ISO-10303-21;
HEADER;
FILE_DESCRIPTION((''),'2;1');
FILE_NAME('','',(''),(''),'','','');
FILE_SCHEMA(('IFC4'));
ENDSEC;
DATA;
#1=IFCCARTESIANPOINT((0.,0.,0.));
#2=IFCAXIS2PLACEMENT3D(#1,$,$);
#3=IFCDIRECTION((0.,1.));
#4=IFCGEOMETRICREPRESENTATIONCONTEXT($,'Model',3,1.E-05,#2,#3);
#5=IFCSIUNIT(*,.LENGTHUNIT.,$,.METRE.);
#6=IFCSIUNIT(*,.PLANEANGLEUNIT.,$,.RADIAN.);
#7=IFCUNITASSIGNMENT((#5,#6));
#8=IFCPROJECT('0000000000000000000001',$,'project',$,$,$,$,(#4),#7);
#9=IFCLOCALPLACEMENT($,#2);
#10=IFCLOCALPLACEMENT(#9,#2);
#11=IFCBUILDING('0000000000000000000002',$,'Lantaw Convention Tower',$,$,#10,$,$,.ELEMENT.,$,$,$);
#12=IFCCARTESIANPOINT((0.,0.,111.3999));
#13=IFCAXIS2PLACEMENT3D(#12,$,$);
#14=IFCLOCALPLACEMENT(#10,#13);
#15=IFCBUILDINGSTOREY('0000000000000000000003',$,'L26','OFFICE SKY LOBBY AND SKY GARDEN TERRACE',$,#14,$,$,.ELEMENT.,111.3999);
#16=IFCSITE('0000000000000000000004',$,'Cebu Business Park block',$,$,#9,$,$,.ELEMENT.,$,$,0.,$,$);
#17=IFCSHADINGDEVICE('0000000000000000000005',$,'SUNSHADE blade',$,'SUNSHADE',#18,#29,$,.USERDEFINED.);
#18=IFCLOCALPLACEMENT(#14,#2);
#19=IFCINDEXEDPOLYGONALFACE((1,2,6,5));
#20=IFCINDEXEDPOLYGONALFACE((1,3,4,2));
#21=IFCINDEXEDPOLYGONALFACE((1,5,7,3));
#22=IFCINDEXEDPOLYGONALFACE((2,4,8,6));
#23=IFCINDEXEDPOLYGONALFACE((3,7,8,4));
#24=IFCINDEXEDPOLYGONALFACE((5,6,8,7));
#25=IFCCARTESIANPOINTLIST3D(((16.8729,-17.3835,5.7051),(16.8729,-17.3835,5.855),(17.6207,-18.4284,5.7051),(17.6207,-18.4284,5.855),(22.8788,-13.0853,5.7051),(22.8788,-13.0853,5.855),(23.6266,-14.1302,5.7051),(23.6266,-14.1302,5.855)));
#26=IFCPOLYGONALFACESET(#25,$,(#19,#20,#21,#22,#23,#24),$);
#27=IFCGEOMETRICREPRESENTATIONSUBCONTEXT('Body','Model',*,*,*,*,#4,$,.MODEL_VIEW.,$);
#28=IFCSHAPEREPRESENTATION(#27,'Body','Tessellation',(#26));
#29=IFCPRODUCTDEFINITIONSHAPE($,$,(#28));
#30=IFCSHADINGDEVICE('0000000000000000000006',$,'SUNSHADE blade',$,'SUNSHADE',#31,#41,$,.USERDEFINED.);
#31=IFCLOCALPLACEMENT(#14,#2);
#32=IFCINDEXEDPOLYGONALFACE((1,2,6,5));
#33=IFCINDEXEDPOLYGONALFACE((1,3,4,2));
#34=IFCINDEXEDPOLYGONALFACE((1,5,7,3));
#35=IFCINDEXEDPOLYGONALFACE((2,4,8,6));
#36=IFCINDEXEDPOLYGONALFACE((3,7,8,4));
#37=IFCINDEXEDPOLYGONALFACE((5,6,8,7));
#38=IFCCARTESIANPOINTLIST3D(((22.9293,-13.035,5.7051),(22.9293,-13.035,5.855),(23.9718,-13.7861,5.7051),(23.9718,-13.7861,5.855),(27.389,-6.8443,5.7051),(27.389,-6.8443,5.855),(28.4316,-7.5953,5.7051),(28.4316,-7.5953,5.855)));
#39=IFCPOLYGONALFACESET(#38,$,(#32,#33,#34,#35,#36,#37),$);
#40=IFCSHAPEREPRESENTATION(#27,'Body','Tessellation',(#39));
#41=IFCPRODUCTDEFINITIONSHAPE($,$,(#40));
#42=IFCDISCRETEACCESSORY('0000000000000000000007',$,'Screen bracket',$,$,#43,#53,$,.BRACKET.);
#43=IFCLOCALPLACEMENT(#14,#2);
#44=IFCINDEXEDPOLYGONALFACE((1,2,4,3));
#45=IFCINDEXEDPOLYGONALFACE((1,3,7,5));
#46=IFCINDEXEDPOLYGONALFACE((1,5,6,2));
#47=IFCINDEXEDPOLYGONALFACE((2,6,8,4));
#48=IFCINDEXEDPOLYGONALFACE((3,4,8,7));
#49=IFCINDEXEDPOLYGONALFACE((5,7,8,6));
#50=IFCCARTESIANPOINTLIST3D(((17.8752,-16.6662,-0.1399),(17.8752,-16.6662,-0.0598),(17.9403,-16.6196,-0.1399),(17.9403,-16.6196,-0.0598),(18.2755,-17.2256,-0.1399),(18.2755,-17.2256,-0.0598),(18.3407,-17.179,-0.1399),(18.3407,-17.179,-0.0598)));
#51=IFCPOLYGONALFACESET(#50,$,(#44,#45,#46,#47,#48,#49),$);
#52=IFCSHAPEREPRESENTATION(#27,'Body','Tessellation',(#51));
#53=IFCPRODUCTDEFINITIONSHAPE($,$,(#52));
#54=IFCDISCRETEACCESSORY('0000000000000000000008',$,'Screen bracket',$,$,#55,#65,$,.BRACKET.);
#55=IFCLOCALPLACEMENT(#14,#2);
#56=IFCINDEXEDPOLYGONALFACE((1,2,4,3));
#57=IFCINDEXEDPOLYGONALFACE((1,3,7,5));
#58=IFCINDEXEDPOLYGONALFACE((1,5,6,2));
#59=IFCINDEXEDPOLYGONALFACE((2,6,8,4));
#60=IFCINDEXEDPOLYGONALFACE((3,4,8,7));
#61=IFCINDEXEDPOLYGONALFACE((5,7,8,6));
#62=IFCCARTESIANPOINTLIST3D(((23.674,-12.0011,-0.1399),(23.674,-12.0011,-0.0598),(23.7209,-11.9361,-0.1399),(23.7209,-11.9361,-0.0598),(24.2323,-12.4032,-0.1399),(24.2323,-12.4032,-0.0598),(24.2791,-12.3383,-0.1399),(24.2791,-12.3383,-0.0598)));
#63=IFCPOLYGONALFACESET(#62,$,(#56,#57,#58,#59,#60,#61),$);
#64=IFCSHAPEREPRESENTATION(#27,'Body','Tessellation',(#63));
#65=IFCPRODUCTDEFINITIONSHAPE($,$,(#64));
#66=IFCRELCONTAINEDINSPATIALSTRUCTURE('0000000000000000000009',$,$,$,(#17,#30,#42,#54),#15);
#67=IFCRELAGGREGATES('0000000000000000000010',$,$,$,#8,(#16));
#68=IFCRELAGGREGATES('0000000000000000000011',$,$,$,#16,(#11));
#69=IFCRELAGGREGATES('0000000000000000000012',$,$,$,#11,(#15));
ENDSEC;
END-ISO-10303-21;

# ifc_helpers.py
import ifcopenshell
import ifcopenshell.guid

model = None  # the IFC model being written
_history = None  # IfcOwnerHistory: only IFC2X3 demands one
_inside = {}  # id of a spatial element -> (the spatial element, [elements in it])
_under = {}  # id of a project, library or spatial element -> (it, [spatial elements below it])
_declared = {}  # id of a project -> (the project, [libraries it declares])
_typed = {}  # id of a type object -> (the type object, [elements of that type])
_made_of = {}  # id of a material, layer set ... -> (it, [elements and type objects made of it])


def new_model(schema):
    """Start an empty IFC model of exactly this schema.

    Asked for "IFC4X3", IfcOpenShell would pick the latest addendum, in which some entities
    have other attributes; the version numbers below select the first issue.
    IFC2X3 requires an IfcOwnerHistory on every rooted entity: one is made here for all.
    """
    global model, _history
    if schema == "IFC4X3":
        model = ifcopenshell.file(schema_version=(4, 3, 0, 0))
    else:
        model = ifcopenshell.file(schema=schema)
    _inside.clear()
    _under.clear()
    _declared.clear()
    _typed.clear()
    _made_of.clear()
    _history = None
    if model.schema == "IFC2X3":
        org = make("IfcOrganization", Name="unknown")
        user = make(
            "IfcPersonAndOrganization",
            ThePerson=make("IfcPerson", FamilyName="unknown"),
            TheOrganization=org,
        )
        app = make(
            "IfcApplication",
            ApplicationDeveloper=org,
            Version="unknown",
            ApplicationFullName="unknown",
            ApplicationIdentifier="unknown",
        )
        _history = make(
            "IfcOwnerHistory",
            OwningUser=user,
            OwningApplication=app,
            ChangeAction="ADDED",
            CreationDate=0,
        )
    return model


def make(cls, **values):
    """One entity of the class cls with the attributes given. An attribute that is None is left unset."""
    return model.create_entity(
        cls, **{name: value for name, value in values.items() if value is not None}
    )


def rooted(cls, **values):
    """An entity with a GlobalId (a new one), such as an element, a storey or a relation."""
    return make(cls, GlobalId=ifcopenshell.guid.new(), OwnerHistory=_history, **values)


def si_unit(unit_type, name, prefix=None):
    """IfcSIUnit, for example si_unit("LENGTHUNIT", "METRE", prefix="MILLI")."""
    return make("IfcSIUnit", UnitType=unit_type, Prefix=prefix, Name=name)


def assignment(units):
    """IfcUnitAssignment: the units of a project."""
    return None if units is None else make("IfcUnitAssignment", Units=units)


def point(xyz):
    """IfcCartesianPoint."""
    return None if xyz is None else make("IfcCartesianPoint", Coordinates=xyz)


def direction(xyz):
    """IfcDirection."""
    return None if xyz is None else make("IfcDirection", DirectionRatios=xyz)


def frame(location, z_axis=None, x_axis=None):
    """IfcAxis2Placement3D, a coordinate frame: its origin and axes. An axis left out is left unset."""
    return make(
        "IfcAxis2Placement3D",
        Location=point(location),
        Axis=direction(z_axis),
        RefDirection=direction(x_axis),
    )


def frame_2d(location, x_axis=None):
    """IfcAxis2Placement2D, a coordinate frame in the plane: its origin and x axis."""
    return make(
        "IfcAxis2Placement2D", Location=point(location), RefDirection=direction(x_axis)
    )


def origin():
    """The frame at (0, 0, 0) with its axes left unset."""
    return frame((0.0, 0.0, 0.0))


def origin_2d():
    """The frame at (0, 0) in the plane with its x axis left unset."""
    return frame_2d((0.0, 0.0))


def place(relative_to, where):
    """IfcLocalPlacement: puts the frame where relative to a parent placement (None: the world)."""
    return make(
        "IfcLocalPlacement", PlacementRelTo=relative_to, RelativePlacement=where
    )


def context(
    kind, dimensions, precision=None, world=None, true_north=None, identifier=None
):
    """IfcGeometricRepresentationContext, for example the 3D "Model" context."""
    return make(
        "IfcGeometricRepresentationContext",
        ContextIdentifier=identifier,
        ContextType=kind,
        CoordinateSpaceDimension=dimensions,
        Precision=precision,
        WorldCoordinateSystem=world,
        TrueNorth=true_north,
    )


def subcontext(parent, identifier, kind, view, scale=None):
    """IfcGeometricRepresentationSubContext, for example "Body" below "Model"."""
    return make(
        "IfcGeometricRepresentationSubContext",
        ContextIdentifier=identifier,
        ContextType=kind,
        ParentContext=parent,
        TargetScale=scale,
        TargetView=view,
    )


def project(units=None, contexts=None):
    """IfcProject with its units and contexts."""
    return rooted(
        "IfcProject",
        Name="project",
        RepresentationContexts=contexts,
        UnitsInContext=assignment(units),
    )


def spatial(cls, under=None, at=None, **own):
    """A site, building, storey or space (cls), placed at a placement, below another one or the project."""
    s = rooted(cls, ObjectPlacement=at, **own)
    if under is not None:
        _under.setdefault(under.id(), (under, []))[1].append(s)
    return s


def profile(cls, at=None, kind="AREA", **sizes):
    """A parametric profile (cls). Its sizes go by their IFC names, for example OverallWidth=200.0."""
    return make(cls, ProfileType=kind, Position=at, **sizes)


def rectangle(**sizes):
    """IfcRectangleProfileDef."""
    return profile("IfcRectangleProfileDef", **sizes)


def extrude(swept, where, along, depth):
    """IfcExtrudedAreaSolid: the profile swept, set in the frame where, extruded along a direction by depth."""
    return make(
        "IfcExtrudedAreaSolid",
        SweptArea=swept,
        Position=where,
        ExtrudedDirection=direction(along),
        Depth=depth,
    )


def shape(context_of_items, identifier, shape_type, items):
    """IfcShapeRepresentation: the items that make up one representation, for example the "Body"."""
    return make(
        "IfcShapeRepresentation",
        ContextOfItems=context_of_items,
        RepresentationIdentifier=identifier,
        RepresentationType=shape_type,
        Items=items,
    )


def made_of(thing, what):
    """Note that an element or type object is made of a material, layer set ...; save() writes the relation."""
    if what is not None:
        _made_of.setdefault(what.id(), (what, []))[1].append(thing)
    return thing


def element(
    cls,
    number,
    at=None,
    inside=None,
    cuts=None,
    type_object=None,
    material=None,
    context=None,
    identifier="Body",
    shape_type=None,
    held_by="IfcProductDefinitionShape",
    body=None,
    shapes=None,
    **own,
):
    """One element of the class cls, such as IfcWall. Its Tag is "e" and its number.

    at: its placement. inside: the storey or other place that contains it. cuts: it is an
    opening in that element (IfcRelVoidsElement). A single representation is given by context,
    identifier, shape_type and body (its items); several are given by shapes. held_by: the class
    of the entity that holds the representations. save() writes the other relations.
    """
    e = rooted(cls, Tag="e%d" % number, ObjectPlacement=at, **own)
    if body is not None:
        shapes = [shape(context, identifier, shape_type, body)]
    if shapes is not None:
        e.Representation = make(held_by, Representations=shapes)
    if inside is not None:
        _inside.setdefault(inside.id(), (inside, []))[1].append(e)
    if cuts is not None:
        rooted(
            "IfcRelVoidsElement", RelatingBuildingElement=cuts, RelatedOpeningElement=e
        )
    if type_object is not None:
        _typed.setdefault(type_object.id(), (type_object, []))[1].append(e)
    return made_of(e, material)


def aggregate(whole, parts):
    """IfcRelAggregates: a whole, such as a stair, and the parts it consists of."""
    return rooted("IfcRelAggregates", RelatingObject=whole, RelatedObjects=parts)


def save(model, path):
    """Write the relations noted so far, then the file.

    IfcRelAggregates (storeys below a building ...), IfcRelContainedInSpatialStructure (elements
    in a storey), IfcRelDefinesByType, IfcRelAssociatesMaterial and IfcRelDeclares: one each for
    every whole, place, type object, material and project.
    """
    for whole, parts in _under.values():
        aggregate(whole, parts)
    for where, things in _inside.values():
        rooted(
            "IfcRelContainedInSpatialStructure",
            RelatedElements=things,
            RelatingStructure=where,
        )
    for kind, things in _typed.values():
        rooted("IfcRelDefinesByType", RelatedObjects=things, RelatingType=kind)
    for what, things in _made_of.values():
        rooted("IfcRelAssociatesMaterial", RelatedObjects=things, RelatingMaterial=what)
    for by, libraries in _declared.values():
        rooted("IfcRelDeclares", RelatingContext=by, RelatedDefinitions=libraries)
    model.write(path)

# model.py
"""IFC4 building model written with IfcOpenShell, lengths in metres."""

from ifc_helpers import new_model, si_unit, direction, frame, origin, origin_2d, place, context, subcontext, project, spatial, rectangle, extrude, element, save


model = new_model("IFC4")

# Units and contexts
model_context = context("Model", 3, precision=1e-05, world=origin(), true_north=direction((0.0, 1.0)))
body_context = subcontext(model_context, "Body", "Model", "MODEL_VIEW")
ifc_project = project(units=[si_unit("LENGTHUNIT", "METRE"), si_unit("PLANEANGLEUNIT", "RADIAN")], contexts=[model_context])

# Site, building, storey
site_placement = place(None, origin())
site = spatial("IfcSite", under=ifc_project, at=site_placement, Name="Cebu Business Park block", CompositionType="ELEMENT", RefElevation=0.0)
building_placement = place(site_placement, origin())
building = spatial("IfcBuilding", under=site, at=building_placement, Name="Lantaw Convention Tower", CompositionType="ELEMENT")
storey_placement = place(building_placement, frame((0.0, 0.0, 111.3999)))
storey = spatial("IfcBuildingStorey", under=building, at=storey_placement, Name="L26", Description="OFFICE SKY LOBBY AND SKY GARDEN TERRACE", CompositionType="ELEMENT", Elevation=111.3999)

# Shading devices
shading_device_1_placement = place(storey_placement, frame((20.2498, -15.7568, 5.7051), z_axis=(0.0, 0.0, 1.0), x_axis=(0.813208, 0.581973, 0.0)))
element("IfcShadingDevice", 1, at=shading_device_1_placement, inside=storey, Name="SUNSHADE blade", ObjectType="SUNSHADE", PredefinedType="USERDEFINED", context=body_context, shape_type="SweptSolid", body=[
    extrude(rectangle(XDim=7.3855, YDim=1.2849, at=origin_2d()), origin(), (0.0, 0.0, 1.0), 0.1499),
])
shading_device_2_placement = place(storey_placement, frame((25.6804, -10.3152, 5.7051), z_axis=(0.0, 0.0, 1.0), x_axis=(0.584513, 0.811385, 0.0)))
element("IfcShadingDevice", 2, at=shading_device_2_placement, inside=storey, Name="SUNSHADE blade", ObjectType="SUNSHADE", PredefinedType="USERDEFINED", context=body_context, shape_type="SweptSolid", body=[
    extrude(rectangle(XDim=7.6299, YDim=1.2849, at=origin_2d()), origin(), (0.0, 0.0, 1.0), 0.1499),
])

# Discrete accessories
for number, where, z_axis, x_axis, name in (
    (3, (18.1079, -16.9226, -0.1399), (0.0, 0.0, 1.0), (0.813208, 0.581973, 0.0), "Screen bracket"),
    (4, (23.9766, -12.1697, -0.1399), (0.0, 0.0, 1.0), (0.584513, 0.811385, 0.0), "Screen bracket"),
):
    element("IfcDiscreteAccessory", number, at=place(storey_placement, frame(where, z_axis=z_axis, x_axis=x_axis)), inside=storey, Name=name, PredefinedType="BRACKET", context=body_context, shape_type="SweptSolid", body=[
        extrude(rectangle(XDim=0.0801, YDim=0.688, at=origin_2d()), origin(), (0.0, 0.0, 1.0), 0.0801),
    ])

save(model, "model.ifc")
